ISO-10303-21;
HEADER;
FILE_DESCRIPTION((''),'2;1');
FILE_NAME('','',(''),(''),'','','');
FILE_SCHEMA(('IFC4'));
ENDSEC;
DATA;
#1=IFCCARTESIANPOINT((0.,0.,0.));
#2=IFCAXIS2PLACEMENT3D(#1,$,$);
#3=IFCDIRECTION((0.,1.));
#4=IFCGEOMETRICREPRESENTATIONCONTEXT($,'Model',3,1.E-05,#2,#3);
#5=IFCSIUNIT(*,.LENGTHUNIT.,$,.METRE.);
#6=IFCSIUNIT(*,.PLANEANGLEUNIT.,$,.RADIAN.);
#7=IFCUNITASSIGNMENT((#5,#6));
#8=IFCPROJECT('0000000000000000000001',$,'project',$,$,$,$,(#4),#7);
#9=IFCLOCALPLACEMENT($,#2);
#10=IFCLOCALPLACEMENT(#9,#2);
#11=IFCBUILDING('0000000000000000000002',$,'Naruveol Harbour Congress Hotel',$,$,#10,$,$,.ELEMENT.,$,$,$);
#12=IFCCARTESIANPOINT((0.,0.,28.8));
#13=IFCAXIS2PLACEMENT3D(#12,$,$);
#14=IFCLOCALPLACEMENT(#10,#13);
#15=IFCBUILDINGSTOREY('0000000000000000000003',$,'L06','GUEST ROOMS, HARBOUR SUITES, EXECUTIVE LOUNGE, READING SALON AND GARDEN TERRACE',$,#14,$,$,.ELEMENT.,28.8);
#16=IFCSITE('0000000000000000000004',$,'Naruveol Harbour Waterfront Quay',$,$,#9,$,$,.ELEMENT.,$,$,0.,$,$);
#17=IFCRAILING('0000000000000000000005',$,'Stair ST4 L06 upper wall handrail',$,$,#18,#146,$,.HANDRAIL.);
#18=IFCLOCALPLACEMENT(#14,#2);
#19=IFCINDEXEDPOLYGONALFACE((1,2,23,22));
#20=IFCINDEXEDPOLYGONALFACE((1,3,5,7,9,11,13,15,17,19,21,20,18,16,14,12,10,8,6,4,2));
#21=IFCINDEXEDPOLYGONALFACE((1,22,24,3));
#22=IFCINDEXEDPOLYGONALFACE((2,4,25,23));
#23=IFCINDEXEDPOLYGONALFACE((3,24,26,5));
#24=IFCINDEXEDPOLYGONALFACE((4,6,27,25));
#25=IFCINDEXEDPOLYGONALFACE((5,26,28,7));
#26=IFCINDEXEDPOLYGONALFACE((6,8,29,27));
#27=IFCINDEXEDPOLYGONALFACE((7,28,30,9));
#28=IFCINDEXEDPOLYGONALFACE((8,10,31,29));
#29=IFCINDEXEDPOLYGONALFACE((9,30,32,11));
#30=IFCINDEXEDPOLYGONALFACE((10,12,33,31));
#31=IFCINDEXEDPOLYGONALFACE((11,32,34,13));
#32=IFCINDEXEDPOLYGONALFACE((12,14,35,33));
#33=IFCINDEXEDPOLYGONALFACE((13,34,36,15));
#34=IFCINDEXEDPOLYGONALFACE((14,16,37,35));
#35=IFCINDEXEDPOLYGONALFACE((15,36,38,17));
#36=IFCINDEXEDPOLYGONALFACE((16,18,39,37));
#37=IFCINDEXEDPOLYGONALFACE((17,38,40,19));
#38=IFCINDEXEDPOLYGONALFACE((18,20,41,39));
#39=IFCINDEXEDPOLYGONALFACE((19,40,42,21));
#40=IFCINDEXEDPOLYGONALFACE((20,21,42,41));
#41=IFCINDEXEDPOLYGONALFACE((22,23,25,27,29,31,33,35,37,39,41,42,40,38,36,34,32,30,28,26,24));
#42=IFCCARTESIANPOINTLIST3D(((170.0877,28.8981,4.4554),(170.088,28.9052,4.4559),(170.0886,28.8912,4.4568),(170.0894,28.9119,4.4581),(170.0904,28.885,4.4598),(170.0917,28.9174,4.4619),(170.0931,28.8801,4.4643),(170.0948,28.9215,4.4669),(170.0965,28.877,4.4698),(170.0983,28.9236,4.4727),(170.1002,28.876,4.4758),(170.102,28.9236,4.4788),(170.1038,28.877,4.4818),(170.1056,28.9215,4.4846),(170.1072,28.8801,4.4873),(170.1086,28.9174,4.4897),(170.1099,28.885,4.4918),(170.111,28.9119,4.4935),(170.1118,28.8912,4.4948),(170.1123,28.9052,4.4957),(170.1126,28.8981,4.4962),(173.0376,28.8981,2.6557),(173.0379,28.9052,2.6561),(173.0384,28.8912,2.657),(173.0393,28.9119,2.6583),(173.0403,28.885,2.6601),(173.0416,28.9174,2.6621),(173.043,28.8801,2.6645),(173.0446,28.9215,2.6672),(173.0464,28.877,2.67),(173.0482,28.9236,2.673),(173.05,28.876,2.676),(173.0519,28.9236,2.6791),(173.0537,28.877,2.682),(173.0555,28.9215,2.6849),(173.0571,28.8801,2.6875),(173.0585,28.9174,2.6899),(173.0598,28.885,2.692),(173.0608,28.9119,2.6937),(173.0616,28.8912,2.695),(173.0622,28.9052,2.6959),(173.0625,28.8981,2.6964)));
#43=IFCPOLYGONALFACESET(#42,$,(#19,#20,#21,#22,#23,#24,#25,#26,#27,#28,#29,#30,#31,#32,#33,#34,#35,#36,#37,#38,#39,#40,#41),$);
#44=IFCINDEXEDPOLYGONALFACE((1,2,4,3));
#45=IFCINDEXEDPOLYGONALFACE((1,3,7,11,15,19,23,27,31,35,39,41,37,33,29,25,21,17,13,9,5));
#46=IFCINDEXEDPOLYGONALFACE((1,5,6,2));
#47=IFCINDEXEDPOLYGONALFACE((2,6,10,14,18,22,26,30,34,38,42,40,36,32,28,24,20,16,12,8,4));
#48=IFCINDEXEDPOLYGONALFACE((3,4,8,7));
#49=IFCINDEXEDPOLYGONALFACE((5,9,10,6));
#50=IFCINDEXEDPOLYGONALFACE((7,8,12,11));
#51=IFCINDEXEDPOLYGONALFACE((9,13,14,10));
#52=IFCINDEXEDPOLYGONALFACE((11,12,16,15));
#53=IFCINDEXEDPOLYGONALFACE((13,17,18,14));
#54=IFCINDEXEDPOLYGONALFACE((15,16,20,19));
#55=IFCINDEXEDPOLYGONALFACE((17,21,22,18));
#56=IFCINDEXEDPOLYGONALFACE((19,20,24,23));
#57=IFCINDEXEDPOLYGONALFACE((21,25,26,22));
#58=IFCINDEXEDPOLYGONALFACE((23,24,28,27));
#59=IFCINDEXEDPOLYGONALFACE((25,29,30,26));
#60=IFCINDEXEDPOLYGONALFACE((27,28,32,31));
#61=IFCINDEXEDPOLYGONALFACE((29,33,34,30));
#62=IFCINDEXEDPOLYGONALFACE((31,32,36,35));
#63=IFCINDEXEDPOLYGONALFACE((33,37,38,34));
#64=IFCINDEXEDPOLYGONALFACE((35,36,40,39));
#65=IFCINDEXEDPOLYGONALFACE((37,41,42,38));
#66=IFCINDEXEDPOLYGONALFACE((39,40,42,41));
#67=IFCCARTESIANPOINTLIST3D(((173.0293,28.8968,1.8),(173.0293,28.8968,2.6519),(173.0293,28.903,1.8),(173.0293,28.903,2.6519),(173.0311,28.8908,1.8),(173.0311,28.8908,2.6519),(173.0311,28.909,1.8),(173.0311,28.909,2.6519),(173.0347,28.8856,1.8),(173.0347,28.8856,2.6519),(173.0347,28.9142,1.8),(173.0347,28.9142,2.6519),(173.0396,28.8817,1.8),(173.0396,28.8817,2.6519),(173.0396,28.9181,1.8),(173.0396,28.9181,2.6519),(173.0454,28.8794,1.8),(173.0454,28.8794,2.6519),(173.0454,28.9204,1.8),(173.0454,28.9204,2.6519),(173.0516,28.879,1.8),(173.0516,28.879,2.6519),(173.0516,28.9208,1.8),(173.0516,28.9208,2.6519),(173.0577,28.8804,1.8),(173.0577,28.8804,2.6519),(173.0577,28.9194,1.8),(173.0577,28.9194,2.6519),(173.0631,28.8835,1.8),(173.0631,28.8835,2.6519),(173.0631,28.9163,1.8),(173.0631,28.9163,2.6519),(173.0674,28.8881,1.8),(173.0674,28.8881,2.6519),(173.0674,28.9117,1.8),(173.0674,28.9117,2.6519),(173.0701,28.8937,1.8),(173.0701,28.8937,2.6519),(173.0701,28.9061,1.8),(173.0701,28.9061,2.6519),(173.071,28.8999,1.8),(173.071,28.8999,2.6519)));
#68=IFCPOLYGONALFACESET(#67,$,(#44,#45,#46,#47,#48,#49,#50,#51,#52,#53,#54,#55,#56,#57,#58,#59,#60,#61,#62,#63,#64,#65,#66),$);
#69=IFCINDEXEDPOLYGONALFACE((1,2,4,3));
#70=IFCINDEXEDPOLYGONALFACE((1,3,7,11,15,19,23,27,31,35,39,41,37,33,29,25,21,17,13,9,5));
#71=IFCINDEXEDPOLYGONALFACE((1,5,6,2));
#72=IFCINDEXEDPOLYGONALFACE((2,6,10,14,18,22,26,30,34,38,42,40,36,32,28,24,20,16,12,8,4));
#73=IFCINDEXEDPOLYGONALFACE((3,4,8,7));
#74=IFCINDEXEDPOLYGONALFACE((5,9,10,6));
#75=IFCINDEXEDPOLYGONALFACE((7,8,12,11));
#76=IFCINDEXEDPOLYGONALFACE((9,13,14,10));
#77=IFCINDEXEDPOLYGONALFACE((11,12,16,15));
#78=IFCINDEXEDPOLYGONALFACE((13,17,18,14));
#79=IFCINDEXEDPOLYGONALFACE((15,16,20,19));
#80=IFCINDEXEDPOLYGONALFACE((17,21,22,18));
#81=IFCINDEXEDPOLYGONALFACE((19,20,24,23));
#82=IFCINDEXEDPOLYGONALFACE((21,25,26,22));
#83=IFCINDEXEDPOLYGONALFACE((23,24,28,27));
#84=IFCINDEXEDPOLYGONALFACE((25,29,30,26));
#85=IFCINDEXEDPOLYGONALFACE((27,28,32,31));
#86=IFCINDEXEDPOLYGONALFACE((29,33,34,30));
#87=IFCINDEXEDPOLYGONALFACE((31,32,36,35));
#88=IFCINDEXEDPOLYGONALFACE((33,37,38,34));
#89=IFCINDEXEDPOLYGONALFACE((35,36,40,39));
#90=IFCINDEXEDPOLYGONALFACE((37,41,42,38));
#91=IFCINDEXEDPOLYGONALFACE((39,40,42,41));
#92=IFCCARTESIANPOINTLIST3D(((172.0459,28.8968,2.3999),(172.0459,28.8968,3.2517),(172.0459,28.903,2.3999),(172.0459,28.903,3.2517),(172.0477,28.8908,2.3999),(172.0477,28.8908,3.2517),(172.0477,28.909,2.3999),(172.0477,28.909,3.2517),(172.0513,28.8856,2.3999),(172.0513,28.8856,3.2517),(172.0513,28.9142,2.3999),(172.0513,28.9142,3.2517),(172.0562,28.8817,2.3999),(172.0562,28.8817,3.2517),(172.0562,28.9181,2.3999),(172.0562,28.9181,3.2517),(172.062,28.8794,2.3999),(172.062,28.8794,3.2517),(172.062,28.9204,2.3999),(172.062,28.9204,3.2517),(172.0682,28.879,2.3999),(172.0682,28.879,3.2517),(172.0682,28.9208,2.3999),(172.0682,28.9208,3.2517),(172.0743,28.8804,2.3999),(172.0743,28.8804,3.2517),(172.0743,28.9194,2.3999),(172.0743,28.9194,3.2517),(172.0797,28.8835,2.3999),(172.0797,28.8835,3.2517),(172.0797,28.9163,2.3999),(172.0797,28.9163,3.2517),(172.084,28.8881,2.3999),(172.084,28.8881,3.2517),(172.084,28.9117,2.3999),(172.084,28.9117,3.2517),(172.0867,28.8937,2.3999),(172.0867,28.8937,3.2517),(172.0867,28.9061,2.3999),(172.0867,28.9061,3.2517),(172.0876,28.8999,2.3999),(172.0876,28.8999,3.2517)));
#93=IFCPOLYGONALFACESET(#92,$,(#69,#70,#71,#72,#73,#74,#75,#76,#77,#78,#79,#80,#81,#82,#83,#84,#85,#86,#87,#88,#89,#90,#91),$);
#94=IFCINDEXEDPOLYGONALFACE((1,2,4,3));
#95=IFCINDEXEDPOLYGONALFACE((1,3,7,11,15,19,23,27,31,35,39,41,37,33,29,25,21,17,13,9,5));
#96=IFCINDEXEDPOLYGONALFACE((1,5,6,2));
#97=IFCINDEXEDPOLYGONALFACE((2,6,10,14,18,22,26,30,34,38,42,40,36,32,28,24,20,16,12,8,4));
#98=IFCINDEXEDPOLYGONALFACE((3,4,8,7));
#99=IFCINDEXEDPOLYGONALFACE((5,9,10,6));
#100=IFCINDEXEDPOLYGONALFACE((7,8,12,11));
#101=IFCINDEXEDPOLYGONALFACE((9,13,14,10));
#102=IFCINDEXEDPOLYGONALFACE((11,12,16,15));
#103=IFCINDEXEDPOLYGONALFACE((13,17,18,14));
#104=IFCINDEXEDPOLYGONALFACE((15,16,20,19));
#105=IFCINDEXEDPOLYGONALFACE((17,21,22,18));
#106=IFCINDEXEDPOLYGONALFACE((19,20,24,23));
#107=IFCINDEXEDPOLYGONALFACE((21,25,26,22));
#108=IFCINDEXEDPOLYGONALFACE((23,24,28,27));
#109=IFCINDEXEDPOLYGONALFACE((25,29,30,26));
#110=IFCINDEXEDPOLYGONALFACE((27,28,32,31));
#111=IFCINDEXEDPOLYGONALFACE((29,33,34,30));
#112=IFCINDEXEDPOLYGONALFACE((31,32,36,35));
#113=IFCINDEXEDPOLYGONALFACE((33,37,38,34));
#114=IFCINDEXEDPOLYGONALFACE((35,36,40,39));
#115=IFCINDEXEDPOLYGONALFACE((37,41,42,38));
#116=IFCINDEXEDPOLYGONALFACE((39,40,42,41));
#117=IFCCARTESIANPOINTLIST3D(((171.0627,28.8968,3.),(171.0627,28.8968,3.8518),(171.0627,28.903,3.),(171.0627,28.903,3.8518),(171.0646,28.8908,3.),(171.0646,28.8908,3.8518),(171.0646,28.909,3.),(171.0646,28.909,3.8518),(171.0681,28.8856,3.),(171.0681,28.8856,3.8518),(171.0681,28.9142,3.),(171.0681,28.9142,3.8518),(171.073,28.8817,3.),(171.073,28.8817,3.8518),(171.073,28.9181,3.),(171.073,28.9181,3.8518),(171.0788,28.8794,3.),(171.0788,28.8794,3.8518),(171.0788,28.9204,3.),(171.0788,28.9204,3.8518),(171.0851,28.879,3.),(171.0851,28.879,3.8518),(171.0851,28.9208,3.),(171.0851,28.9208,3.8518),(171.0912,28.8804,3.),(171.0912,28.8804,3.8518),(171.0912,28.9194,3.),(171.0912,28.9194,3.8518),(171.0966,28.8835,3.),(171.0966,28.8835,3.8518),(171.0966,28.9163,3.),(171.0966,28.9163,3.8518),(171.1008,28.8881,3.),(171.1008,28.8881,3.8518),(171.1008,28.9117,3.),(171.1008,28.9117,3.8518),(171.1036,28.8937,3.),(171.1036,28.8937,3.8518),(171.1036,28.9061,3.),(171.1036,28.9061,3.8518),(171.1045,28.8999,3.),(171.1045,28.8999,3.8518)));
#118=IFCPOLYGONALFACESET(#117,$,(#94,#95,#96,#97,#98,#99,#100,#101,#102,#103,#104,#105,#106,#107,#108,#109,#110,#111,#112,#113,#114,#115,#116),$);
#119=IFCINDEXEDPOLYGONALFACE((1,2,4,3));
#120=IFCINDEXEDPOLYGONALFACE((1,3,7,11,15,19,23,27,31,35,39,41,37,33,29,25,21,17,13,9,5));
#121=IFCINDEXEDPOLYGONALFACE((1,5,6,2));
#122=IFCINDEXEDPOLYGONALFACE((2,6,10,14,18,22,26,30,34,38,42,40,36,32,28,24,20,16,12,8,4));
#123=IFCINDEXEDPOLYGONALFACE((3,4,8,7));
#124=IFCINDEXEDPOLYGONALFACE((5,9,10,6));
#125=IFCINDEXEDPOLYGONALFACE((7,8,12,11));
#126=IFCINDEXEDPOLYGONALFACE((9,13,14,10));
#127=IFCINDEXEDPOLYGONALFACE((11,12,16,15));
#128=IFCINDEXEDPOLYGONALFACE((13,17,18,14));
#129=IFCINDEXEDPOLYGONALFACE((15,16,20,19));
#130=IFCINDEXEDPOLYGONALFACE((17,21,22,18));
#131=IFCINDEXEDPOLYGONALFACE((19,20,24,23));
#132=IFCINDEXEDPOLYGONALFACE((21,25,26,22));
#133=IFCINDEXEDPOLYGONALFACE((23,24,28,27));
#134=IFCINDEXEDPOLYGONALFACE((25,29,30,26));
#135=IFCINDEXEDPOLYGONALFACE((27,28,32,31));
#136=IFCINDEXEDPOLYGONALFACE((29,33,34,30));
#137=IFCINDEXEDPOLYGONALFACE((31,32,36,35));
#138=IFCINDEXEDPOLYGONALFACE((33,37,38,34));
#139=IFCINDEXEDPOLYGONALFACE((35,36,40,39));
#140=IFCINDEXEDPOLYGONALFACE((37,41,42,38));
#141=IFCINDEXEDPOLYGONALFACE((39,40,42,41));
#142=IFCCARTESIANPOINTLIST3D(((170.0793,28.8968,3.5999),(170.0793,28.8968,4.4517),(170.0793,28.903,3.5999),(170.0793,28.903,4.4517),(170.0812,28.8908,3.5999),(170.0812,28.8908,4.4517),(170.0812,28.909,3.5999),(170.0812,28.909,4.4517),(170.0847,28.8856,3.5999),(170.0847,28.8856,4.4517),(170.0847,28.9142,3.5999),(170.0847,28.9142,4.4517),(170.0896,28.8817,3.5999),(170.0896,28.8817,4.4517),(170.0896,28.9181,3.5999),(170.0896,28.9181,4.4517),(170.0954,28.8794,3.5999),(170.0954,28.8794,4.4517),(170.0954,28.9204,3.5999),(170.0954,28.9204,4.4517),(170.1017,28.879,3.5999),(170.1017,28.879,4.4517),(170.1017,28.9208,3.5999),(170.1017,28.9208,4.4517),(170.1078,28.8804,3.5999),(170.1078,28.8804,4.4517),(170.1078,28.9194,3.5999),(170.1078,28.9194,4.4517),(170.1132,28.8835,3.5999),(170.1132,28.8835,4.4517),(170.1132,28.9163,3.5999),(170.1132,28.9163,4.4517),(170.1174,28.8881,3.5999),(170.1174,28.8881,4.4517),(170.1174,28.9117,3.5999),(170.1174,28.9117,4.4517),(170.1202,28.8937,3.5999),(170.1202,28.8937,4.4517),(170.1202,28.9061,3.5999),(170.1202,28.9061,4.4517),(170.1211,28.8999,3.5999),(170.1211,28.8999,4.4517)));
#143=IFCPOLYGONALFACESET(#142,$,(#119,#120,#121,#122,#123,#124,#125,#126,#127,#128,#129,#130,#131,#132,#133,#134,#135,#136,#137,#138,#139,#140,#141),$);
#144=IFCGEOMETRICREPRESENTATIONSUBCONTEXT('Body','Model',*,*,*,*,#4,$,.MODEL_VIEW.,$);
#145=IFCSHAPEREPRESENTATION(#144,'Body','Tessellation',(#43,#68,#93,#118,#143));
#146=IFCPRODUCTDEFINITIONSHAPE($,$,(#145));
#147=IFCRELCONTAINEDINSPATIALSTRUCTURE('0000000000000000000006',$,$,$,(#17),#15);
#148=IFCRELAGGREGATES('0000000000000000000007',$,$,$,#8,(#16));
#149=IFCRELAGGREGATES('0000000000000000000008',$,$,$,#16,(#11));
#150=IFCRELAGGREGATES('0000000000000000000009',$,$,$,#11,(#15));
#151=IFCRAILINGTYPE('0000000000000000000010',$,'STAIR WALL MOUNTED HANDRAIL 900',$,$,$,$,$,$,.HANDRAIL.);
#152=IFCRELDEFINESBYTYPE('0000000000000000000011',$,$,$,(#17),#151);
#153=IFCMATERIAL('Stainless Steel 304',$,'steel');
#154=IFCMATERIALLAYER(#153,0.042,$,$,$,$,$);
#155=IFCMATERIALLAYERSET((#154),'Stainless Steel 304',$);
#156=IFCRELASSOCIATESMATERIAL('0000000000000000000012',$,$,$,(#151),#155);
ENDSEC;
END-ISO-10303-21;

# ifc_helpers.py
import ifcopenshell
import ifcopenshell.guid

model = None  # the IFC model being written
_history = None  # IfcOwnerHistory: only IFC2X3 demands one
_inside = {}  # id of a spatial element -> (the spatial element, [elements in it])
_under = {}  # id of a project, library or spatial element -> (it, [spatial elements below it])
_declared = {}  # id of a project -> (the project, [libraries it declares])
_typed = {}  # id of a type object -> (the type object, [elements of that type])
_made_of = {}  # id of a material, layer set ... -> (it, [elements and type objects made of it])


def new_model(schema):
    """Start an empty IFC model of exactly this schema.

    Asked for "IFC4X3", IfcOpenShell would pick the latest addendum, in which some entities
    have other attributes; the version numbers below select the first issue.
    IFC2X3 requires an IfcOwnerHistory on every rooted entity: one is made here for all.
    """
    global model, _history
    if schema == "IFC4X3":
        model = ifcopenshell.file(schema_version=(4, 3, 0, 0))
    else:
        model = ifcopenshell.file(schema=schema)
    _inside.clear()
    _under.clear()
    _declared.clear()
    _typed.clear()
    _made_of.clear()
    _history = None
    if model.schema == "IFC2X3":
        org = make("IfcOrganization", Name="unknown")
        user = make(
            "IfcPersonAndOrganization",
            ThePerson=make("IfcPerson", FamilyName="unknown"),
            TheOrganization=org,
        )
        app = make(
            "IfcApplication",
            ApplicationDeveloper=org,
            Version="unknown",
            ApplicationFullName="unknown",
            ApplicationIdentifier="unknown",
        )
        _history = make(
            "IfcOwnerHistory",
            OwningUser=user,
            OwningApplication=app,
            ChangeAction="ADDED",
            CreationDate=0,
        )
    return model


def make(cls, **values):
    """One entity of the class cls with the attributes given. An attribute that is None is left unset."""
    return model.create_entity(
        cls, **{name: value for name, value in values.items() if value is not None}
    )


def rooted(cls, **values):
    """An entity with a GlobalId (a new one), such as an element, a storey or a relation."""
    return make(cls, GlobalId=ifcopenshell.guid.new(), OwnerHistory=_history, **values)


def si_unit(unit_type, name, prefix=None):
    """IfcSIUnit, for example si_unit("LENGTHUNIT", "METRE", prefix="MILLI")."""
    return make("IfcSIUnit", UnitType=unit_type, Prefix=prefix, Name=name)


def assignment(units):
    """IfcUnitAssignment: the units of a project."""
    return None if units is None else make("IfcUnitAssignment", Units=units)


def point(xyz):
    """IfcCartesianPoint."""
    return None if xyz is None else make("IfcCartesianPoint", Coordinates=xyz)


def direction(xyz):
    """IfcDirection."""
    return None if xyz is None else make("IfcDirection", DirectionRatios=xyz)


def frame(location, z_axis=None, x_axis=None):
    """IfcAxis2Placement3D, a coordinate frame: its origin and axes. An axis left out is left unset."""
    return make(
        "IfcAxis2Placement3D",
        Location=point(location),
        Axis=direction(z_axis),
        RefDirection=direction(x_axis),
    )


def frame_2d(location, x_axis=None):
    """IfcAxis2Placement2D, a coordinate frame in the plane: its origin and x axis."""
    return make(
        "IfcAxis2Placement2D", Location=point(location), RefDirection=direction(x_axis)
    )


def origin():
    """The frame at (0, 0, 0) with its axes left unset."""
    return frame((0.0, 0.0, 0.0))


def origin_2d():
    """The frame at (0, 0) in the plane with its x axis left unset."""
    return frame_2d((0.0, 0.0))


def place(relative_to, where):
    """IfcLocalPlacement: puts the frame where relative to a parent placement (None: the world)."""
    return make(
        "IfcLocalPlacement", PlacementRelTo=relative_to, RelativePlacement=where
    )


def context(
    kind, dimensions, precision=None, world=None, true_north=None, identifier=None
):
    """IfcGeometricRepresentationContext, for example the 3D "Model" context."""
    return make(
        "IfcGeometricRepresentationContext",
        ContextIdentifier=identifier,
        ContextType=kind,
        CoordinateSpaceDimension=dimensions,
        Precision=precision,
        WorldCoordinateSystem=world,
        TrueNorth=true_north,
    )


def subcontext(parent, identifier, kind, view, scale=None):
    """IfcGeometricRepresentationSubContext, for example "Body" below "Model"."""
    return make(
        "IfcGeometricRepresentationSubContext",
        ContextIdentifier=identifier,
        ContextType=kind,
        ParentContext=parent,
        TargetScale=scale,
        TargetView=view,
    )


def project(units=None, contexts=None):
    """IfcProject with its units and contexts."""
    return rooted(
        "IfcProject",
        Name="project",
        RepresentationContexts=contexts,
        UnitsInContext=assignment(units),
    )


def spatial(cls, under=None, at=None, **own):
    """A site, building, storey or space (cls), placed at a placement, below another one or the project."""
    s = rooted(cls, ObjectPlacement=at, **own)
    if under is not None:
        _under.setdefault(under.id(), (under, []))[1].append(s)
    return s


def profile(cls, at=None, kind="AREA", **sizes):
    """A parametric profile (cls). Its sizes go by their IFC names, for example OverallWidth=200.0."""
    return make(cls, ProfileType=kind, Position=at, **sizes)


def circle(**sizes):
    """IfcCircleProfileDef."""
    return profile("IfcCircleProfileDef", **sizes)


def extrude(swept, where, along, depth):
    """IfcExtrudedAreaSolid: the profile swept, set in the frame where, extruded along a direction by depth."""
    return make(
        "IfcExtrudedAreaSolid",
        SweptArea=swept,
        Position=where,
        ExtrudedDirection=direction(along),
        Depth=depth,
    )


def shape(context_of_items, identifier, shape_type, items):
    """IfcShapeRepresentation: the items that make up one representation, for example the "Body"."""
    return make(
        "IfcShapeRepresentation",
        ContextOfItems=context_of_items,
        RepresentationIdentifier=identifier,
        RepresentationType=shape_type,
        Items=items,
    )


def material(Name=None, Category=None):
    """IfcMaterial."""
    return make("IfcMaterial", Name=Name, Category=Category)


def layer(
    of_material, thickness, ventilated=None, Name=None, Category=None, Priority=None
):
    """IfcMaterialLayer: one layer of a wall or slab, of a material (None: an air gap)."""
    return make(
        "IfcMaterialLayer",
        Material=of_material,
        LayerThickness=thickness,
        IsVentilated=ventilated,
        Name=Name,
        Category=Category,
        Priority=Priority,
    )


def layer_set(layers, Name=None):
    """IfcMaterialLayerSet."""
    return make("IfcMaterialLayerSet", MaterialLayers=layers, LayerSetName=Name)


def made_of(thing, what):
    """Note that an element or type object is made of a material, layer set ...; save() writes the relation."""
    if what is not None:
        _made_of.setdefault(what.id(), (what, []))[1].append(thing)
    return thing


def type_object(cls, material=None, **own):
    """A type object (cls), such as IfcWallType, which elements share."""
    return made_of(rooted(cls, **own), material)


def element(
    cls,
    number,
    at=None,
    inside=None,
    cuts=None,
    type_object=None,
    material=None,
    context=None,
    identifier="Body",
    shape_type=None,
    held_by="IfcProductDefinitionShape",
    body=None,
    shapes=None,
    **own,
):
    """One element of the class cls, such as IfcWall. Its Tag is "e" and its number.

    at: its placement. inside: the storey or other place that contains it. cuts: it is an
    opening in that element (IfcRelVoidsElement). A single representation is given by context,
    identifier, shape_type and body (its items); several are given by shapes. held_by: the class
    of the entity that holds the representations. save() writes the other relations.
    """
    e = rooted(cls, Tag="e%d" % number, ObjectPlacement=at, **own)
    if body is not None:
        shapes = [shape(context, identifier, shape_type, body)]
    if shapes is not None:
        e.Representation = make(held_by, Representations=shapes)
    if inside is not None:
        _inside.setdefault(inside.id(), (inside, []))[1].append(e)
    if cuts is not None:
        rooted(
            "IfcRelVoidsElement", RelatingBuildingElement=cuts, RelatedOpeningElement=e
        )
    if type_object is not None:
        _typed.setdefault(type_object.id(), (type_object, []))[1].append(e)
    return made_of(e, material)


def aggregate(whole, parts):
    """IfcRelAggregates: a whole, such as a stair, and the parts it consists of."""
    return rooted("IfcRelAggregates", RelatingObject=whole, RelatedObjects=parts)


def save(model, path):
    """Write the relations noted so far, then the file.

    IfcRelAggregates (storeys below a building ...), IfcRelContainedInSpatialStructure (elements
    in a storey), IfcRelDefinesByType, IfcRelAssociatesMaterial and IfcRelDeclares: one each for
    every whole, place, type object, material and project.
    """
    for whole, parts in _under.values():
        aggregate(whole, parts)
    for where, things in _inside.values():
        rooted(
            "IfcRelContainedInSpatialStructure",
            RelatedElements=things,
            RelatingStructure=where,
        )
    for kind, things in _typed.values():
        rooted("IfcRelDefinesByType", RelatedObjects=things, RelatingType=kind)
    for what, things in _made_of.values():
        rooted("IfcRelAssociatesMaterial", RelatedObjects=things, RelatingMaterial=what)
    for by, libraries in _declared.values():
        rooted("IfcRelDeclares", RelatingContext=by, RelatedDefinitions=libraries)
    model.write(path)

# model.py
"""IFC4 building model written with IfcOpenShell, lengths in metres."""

from ifc_helpers import new_model, si_unit, direction, frame, origin, origin_2d, place, context, subcontext, project, spatial, circle, extrude, material, layer, layer_set, type_object, element, save


model = new_model("IFC4")

# Units and contexts
model_context = context("Model", 3, precision=1e-05, world=origin(), true_north=direction((0.0, 1.0)))
body_context = subcontext(model_context, "Body", "Model", "MODEL_VIEW")
ifc_project = project(units=[si_unit("LENGTHUNIT", "METRE"), si_unit("PLANEANGLEUNIT", "RADIAN")], contexts=[model_context])

# Site, building, storey
site_placement = place(None, origin())
site = spatial("IfcSite", under=ifc_project, at=site_placement, Name="Naruveol Harbour Waterfront Quay", CompositionType="ELEMENT", RefElevation=0.0)
building_placement = place(site_placement, origin())
building = spatial("IfcBuilding", under=site, at=building_placement, Name="Naruveol Harbour Congress Hotel", CompositionType="ELEMENT")
storey_placement = place(building_placement, frame((0.0, 0.0, 28.8)))
storey = spatial("IfcBuildingStorey", under=building, at=storey_placement, Name="L06", Description="GUEST ROOMS, HARBOUR SUITES, EXECUTIVE LOUNGE, READING SALON AND GARDEN TERRACE", CompositionType="ELEMENT", Elevation=28.8)

# Railing
ifc_material_1 = material(Name="Stainless Steel 304", Category="steel")
ifc_layer_1 = layer(ifc_material_1, 0.042)
ifc_layer_set_1 = layer_set([ifc_layer_1], Name="Stainless Steel 304")
railing_type_1 = type_object("IfcRailingType", Name="STAIR WALL MOUNTED HANDRAIL 900", PredefinedType="HANDRAIL", material=ifc_layer_set_1)
railing_1_placement = place(storey_placement, frame((173.05, 28.8999, 1.8)))
element("IfcRailing", 1, at=railing_1_placement, inside=storey, type_object=railing_type_1, Name="Stair ST4 L06 upper wall handrail", PredefinedType="HANDRAIL", context=body_context, shape_type="SweptSolid", body=[
    extrude(circle(Radius=0.0239, at=origin_2d()), frame((0.0, 0.0, 0.876), z_axis=(-0.853661, 0.0, 0.52083), x_axis=(0.0, -1.0, 0.0)), (0.0, 0.0, 1.0), 3.4556),
    extrude(circle(Radius=0.021, at=origin_2d()), origin(), (0.0, 0.0, 1.0), 0.8518),
    extrude(circle(Radius=0.021, at=origin_2d()), frame((-0.9834, 0.0, 0.5999)), (0.0, 0.0, 1.0), 0.8518),
    extrude(circle(Radius=0.021, at=origin_2d()), frame((-1.9666, 0.0, 1.2)), (0.0, 0.0, 1.0), 0.8518),
    extrude(circle(Radius=0.021, at=origin_2d()), frame((-2.95, 0.0, 1.7998)), (0.0, 0.0, 1.0), 0.8518),
])

save(model, "model.ifc")
